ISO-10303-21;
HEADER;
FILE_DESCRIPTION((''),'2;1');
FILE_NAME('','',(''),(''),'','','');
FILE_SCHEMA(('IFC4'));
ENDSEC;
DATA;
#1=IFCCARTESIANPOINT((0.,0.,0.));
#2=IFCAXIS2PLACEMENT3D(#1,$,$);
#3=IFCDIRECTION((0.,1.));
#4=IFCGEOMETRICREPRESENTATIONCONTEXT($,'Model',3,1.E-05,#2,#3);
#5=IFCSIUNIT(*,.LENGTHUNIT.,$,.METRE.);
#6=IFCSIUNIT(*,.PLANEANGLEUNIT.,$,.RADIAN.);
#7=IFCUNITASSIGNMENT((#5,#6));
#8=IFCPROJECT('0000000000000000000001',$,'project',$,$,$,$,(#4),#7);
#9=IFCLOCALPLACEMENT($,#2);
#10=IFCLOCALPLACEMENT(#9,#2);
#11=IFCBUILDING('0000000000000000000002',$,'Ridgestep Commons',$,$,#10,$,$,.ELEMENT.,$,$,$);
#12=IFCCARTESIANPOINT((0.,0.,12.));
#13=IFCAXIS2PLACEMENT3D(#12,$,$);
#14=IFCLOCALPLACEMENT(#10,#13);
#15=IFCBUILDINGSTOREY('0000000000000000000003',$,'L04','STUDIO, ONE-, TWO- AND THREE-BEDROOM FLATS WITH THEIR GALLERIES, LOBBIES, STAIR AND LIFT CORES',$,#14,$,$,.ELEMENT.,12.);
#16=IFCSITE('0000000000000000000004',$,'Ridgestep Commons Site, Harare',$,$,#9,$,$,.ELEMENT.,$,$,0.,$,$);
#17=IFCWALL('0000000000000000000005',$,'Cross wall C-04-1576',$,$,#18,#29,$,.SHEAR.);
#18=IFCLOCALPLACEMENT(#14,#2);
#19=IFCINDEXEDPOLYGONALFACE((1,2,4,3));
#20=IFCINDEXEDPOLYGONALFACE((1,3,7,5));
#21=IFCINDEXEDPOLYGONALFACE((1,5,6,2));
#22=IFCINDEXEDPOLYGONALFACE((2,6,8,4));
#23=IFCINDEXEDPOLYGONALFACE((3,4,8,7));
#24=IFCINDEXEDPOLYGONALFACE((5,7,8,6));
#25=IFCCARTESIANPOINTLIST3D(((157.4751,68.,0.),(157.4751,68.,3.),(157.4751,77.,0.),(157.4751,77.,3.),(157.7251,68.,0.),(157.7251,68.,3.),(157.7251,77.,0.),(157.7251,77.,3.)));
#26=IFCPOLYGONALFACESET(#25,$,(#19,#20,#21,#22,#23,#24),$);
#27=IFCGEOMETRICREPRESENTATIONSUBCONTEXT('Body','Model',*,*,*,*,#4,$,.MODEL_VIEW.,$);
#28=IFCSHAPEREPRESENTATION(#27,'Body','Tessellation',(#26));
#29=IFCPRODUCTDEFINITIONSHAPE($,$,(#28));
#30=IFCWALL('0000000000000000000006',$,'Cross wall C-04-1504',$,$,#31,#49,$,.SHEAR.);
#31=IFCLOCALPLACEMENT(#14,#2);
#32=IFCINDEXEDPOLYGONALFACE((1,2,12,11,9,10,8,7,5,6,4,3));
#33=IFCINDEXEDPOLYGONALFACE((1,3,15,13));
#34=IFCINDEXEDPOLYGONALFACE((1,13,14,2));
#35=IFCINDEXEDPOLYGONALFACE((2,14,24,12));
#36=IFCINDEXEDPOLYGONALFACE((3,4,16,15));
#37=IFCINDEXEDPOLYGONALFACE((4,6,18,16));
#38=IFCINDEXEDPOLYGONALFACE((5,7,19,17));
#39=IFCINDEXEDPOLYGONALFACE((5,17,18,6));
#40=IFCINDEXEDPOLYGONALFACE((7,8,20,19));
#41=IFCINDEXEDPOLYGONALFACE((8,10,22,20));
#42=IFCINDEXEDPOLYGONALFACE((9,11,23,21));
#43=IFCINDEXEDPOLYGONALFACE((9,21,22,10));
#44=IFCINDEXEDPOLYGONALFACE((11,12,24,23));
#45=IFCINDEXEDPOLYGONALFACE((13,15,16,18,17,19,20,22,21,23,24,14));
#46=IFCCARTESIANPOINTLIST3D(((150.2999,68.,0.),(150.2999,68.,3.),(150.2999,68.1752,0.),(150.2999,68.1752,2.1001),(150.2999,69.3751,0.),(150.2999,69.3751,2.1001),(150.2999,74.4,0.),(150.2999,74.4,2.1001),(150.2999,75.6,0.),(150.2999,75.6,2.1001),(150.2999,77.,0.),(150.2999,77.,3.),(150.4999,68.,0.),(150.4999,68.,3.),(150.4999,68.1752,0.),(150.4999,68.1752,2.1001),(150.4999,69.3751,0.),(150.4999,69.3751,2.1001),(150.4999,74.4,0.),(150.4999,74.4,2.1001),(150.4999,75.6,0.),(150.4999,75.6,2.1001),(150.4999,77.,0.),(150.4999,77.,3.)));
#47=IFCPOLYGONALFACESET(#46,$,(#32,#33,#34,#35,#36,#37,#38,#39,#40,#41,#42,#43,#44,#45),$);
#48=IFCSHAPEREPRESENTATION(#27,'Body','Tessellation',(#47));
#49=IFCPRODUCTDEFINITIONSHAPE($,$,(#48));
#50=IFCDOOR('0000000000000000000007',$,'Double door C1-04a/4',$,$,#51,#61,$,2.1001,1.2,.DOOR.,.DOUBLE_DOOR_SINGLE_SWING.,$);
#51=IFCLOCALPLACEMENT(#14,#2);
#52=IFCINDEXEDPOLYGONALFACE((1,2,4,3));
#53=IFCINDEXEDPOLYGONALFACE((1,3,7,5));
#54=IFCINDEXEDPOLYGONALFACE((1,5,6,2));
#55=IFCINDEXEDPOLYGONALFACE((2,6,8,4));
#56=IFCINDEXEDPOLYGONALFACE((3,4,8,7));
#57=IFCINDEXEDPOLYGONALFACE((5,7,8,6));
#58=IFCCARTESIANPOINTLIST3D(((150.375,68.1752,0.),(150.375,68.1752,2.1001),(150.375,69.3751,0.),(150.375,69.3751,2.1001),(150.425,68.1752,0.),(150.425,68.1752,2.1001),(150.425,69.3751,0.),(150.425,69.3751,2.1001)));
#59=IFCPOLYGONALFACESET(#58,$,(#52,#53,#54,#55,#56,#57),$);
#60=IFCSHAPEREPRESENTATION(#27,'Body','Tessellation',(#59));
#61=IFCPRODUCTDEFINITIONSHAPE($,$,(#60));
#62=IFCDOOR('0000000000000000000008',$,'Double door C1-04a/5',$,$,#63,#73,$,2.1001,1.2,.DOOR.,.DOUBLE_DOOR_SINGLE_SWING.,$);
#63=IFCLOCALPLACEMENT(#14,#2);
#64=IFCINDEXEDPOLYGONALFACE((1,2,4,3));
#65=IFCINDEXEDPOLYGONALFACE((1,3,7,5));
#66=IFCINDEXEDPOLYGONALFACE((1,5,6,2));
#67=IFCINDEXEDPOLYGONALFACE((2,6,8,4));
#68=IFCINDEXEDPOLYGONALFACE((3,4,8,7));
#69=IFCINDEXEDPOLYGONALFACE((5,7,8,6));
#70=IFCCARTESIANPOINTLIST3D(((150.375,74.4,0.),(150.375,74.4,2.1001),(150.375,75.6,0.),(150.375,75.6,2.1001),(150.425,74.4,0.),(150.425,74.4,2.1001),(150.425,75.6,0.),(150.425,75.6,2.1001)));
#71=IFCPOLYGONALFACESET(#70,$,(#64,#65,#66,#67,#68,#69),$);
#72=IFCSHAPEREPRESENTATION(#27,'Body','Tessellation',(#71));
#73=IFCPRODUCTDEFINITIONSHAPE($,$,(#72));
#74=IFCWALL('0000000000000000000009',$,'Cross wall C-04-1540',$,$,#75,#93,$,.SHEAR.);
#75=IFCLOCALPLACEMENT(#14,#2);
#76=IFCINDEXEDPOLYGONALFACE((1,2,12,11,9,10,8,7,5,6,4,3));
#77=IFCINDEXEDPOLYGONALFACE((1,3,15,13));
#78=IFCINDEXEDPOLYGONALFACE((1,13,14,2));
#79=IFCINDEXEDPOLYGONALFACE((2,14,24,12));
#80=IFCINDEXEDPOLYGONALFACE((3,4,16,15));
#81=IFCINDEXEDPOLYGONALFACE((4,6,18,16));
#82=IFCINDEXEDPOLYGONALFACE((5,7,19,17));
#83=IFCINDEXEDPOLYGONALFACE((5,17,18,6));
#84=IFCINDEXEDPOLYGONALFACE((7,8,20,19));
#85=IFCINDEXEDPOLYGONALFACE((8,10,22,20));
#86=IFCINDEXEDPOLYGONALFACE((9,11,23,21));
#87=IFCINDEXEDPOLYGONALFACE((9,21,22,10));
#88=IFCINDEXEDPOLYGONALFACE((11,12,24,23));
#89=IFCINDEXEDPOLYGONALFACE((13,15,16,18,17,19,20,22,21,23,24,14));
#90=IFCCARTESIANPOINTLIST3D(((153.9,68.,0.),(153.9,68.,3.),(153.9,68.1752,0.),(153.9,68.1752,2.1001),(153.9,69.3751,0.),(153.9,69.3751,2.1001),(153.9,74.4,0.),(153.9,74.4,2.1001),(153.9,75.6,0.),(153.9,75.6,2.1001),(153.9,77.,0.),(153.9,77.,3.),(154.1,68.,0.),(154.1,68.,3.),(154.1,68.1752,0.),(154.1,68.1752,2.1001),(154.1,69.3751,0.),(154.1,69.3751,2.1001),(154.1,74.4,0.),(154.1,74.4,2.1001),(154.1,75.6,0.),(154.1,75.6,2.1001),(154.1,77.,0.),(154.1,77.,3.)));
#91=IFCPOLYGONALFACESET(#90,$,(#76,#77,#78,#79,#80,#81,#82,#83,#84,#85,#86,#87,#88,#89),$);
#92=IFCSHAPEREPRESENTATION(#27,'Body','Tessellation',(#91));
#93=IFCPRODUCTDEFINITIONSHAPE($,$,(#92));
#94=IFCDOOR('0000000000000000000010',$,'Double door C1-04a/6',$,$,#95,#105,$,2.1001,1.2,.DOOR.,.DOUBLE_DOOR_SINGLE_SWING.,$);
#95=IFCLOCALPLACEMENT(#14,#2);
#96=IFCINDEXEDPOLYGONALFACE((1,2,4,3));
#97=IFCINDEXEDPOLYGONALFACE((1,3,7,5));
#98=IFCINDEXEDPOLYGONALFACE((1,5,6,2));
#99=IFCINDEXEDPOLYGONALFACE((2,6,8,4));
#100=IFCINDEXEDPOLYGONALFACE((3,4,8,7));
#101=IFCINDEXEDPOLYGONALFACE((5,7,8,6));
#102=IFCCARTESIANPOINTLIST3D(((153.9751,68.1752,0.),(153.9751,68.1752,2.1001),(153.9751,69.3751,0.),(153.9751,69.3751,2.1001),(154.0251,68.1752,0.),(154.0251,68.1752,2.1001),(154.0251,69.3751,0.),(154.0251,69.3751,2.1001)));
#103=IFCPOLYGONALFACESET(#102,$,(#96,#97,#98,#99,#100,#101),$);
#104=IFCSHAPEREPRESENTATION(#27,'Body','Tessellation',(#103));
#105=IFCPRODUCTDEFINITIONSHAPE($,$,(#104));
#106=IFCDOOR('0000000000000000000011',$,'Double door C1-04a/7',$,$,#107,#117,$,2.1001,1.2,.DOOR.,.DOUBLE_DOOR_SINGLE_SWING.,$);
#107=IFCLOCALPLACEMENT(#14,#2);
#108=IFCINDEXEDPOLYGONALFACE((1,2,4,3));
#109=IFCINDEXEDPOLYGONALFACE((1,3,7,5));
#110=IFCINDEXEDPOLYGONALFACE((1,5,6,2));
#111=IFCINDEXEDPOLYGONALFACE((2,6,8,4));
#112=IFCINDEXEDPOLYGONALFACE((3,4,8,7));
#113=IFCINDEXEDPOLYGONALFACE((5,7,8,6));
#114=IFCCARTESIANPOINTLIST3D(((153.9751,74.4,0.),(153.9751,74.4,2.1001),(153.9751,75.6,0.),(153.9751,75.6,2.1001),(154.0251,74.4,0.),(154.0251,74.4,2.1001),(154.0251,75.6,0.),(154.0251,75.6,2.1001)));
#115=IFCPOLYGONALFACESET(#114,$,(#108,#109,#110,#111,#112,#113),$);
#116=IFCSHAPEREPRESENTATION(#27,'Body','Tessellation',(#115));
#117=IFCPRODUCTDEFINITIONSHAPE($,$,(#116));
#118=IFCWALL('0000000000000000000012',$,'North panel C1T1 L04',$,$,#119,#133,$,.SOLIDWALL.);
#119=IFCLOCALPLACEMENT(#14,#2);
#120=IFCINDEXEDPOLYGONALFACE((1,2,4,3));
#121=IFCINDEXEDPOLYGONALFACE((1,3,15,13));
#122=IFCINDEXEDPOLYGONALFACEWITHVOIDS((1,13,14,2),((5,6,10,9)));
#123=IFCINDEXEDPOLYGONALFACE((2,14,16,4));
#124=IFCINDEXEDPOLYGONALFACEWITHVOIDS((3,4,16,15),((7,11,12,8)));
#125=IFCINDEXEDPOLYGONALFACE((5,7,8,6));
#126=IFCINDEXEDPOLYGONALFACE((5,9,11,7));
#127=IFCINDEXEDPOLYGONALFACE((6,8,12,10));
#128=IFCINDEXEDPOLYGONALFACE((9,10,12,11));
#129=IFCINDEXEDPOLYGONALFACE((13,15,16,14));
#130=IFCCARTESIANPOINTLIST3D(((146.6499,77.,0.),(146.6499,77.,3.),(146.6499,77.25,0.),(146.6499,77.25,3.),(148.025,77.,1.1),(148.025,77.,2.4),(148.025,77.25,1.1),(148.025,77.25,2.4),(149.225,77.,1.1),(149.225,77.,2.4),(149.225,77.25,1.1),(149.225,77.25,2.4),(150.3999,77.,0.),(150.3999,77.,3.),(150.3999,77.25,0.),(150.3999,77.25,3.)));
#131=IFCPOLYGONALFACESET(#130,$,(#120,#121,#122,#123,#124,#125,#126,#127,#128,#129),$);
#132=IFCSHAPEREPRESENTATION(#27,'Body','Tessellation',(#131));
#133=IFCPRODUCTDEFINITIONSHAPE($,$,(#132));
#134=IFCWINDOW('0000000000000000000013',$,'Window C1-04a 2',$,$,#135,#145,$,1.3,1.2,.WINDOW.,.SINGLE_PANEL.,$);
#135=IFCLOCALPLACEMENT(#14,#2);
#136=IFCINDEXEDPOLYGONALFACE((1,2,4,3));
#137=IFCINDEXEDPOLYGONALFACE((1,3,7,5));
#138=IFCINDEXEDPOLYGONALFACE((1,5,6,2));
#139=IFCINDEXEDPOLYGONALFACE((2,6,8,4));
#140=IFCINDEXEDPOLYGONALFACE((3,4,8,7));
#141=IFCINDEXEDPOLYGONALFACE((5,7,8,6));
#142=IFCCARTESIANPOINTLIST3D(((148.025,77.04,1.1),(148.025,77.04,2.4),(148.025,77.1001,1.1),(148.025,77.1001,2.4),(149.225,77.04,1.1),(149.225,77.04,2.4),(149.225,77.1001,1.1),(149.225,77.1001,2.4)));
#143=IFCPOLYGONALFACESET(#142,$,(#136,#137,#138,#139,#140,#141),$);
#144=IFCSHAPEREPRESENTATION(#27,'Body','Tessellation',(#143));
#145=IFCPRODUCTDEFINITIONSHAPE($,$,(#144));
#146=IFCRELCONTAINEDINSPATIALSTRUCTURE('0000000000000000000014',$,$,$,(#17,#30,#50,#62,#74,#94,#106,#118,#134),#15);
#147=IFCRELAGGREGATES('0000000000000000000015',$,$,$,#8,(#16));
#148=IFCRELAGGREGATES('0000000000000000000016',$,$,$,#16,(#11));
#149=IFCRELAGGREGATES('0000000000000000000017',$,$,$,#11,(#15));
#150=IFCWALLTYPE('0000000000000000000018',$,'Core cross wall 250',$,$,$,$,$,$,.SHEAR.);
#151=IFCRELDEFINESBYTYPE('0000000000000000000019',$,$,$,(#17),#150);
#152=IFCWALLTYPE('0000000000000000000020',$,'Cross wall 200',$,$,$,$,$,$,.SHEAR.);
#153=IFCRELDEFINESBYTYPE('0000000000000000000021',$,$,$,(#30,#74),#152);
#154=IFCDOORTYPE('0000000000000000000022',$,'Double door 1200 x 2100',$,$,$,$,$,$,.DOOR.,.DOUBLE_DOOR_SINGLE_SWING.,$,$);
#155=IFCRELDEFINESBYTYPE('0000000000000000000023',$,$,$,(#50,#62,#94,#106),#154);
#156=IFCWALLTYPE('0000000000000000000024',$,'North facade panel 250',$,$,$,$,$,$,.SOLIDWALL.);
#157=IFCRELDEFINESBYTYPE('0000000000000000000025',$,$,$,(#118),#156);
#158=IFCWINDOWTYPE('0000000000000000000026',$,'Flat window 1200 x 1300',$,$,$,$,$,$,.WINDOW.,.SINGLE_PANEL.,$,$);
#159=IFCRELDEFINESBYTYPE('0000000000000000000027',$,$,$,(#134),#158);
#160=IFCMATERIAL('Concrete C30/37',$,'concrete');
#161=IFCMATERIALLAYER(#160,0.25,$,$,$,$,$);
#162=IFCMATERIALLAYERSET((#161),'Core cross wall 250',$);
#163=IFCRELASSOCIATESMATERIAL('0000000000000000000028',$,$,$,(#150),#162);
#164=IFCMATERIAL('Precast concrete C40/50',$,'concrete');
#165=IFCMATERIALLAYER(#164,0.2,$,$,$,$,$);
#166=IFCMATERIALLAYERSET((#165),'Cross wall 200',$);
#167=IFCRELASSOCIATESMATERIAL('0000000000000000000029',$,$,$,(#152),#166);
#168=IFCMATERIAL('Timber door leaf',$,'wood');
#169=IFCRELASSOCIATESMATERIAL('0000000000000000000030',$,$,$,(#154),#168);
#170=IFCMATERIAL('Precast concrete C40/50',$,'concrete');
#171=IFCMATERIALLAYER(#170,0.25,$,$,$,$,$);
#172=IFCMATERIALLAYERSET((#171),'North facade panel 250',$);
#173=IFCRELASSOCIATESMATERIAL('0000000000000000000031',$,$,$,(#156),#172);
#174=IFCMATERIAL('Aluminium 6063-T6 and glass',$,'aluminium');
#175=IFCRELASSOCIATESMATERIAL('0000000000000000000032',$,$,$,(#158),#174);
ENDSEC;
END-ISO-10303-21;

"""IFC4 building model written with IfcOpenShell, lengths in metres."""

from ifc_helpers import new_model, si_unit, direction, frame, frame_2d, origin, place, context, subcontext, project, spatial, rectangle, extrude, material, layer, layer_set, type_object, element, fill, save


model = new_model("IFC4")

# Units and contexts
model_context = context("Model", 3, precision=1e-05, world=origin(), true_north=direction((0.0, 1.0)))
body_context = subcontext(model_context, "Body", "Model", "MODEL_VIEW")
ifc_project = project(units=[si_unit("LENGTHUNIT", "METRE"), si_unit("PLANEANGLEUNIT", "RADIAN")], contexts=[model_context])

# Site, building, storey
site_placement = place(None, origin())
site = spatial("IfcSite", under=ifc_project, at=site_placement, Name="Ridgestep Commons Site, Harare", CompositionType="ELEMENT", RefElevation=0.0)
building_placement = place(site_placement, origin())
building = spatial("IfcBuilding", under=site, at=building_placement, Name="Ridgestep Commons", CompositionType="ELEMENT")
storey_placement = place(building_placement, frame((0.0, 0.0, 12.0)))
storey = spatial("IfcBuildingStorey", under=building, at=storey_placement, Name="L04", Description="STUDIO, ONE-, TWO- AND THREE-BEDROOM FLATS WITH THEIR GALLERIES, LOBBIES, STAIR AND LIFT CORES", CompositionType="ELEMENT", Elevation=12.0)

# Wall
ifc_material_1 = material(Name="Concrete C30/37", Category="concrete")
ifc_layer_1 = layer(ifc_material_1, 0.25)
ifc_layer_set_1 = layer_set([ifc_layer_1], Name="Core cross wall 250")
wall_type_1 = type_object("IfcWallType", Name="Core cross wall 250", PredefinedType="SHEAR", material=ifc_layer_set_1)
wall_1_placement = place(storey_placement, frame((157.6001, 68.0, 0.0), z_axis=(0.0, 0.0, 1.0), x_axis=(0.0, 1.0, 0.0)))
element("IfcWall", 1, at=wall_1_placement, inside=storey, type_object=wall_type_1, Name="Cross wall C-04-1576", PredefinedType="SHEAR", context=body_context, shape_type="SweptSolid", body=[
    extrude(rectangle(XDim=9.0, YDim=0.25, at=frame_2d((4.5, 0.0))), origin(), (0.0, 0.0, 1.0), 3.0),
])

# Walls, openings, doors
ifc_material_2 = material(Name="Precast concrete C40/50", Category="concrete")
ifc_layer_2 = layer(ifc_material_2, 0.2)
ifc_layer_set_2 = layer_set([ifc_layer_2], Name="Cross wall 200")
wall_type_2 = type_object("IfcWallType", Name="Cross wall 200", PredefinedType="SHEAR", material=ifc_layer_set_2)
wall_2_placement = place(storey_placement, frame((150.3999, 68.0, 0.0), z_axis=(0.0, 0.0, 1.0), x_axis=(0.0, 1.0, 0.0)))
wall_2 = element("IfcWall", 2, at=wall_2_placement, inside=storey, type_object=wall_type_2, Name="Cross wall C-04-1504", PredefinedType="SHEAR", context=body_context, shape_type="SweptSolid", body=[
    extrude(rectangle(XDim=9.0, YDim=0.2, at=frame_2d((4.5, 0.0))), origin(), (0.0, 0.0, 1.0), 3.0),
])
opening_1_placement = place(wall_2_placement, frame((0.175, 0.0, 0.0)))
opening_1 = element("IfcOpeningElement", 3, at=opening_1_placement, cuts=wall_2, PredefinedType="OPENING", context=body_context, shape_type="SweptSolid", body=[
    extrude(rectangle(XDim=1.2, YDim=2.1001, at=frame_2d((0.6001, 1.05))), frame((0.0, 0.1099, 0.0), z_axis=(0.0, -1.0, 0.0), x_axis=(1.0, 0.0, 0.0)), (0.0, 0.0, 1.0), 0.22),
])
opening_2_placement = place(wall_2_placement, frame((6.3999, 0.0, 0.0)))
opening_2 = element("IfcOpeningElement", 4, at=opening_2_placement, cuts=wall_2, PredefinedType="OPENING", context=body_context, shape_type="SweptSolid", body=[
    extrude(rectangle(XDim=1.2, YDim=2.1001, at=frame_2d((0.6001, 1.05))), frame((0.0, 0.1099, 0.0), z_axis=(0.0, -1.0, 0.0), x_axis=(1.0, 0.0, 0.0)), (0.0, 0.0, 1.0), 0.22),
])
ifc_material_3 = material(Name="Timber door leaf", Category="wood")
door_type_1 = type_object("IfcDoorType", Name="Double door 1200 x 2100", OperationType="DOUBLE_DOOR_SINGLE_SWING", PredefinedType="DOOR", material=ifc_material_3)
door_1_placement = place(opening_1_placement, origin())
door_1 = element("IfcDoor", 5, at=door_1_placement, inside=storey, type_object=door_type_1, Name="Double door C1-04a/4", OperationType="DOUBLE_DOOR_SINGLE_SWING", OverallHeight=2.1001, OverallWidth=1.2, PredefinedType="DOOR", context=body_context, shape_type="SweptSolid", body=[
    extrude(rectangle(XDim=1.2, YDim=2.1001, at=frame_2d((0.6001, 1.05))), frame((0.0, 0.0249, 0.0), z_axis=(0.0, -1.0, 0.0), x_axis=(1.0, 0.0, 0.0)), (0.0, 0.0, 1.0), 0.05),
])
fill(opening_1, door_1)
door_2_placement = place(opening_2_placement, origin())
door_2 = element("IfcDoor", 6, at=door_2_placement, inside=storey, type_object=door_type_1, Name="Double door C1-04a/5", OperationType="DOUBLE_DOOR_SINGLE_SWING", OverallHeight=2.1001, OverallWidth=1.2, PredefinedType="DOOR", context=body_context, shape_type="SweptSolid", body=[
    extrude(rectangle(XDim=1.2, YDim=2.1001, at=frame_2d((0.6001, 1.05))), frame((0.0, 0.0249, 0.0), z_axis=(0.0, -1.0, 0.0), x_axis=(1.0, 0.0, 0.0)), (0.0, 0.0, 1.0), 0.05),
])
fill(opening_2, door_2)
wall_3_placement = place(storey_placement, frame((154.0, 68.0, 0.0), z_axis=(0.0, 0.0, 1.0), x_axis=(0.0, 1.0, 0.0)))
wall_3 = element("IfcWall", 7, at=wall_3_placement, inside=storey, type_object=wall_type_2, Name="Cross wall C-04-1540", PredefinedType="SHEAR", context=body_context, shape_type="SweptSolid", body=[
    extrude(rectangle(XDim=9.0, YDim=0.2, at=frame_2d((4.5, 0.0))), origin(), (0.0, 0.0, 1.0), 3.0),
])
opening_3_placement = place(wall_3_placement, frame((0.175, 0.0, 0.0)))
opening_3 = element("IfcOpeningElement", 8, at=opening_3_placement, cuts=wall_3, PredefinedType="OPENING", context=body_context, shape_type="SweptSolid", body=[
    extrude(rectangle(XDim=1.2, YDim=2.1001, at=frame_2d((0.6001, 1.05))), frame((0.0, 0.1099, 0.0), z_axis=(0.0, -1.0, 0.0), x_axis=(1.0, 0.0, 0.0)), (0.0, 0.0, 1.0), 0.22),
])
opening_4_placement = place(wall_3_placement, frame((6.3999, 0.0, 0.0)))
opening_4 = element("IfcOpeningElement", 9, at=opening_4_placement, cuts=wall_3, PredefinedType="OPENING", context=body_context, shape_type="SweptSolid", body=[
    extrude(rectangle(XDim=1.2, YDim=2.1001, at=frame_2d((0.6001, 1.05))), frame((0.0, 0.1099, 0.0), z_axis=(0.0, -1.0, 0.0), x_axis=(1.0, 0.0, 0.0)), (0.0, 0.0, 1.0), 0.22),
])
door_3_placement = place(opening_3_placement, origin())
door_3 = element("IfcDoor", 10, at=door_3_placement, inside=storey, type_object=door_type_1, Name="Double door C1-04a/6", OperationType="DOUBLE_DOOR_SINGLE_SWING", OverallHeight=2.1001, OverallWidth=1.2, PredefinedType="DOOR", context=body_context, shape_type="SweptSolid", body=[
    extrude(rectangle(XDim=1.2, YDim=2.1001, at=frame_2d((0.6001, 1.05))), frame((0.0, 0.0249, 0.0), z_axis=(0.0, -1.0, 0.0), x_axis=(1.0, 0.0, 0.0)), (0.0, 0.0, 1.0), 0.05),
])
fill(opening_3, door_3)
door_4_placement = place(opening_4_placement, origin())
door_4 = element("IfcDoor", 11, at=door_4_placement, inside=storey, type_object=door_type_1, Name="Double door C1-04a/7", OperationType="DOUBLE_DOOR_SINGLE_SWING", OverallHeight=2.1001, OverallWidth=1.2, PredefinedType="DOOR", context=body_context, shape_type="SweptSolid", body=[
    extrude(rectangle(XDim=1.2, YDim=2.1001, at=frame_2d((0.6001, 1.05))), frame((0.0, 0.0249, 0.0), z_axis=(0.0, -1.0, 0.0), x_axis=(1.0, 0.0, 0.0)), (0.0, 0.0, 1.0), 0.05),
])
fill(opening_4, door_4)

# Wall, opening, window
ifc_material_4 = material(Name="Precast concrete C40/50", Category="concrete")
ifc_layer_3 = layer(ifc_material_4, 0.25)
ifc_layer_set_3 = layer_set([ifc_layer_3], Name="North facade panel 250")
wall_type_3 = type_object("IfcWallType", Name="North facade panel 250", PredefinedType="SOLIDWALL", material=ifc_layer_set_3)
wall_4_placement = place(storey_placement, frame((146.6499, 77.125, 0.0), z_axis=(0.0, 0.0, 1.0), x_axis=(1.0, 0.0, 0.0)))
wall_4 = element("IfcWall", 12, at=wall_4_placement, inside=storey, type_object=wall_type_3, Name="North panel C1T1 L04", PredefinedType="SOLIDWALL", context=body_context, shape_type="SweptSolid", body=[
    extrude(rectangle(XDim=3.75, YDim=0.25, at=frame_2d((1.875, 0.0))), origin(), (0.0, 0.0, 1.0), 3.0),
])
opening_5_placement = place(wall_4_placement, frame((1.375, 0.0, 1.1001)))
opening_5 = element("IfcOpeningElement", 13, at=opening_5_placement, cuts=wall_4, PredefinedType="OPENING", context=body_context, shape_type="SweptSolid", body=[
    extrude(rectangle(XDim=1.2, YDim=1.3, at=frame_2d((0.6001, 0.6499))), frame((0.0, 0.135, 0.0), z_axis=(0.0, -1.0, 0.0), x_axis=(1.0, 0.0, 0.0)), (0.0, 0.0, 1.0), 0.27),
])
ifc_material_5 = material(Name="Aluminium 6063-T6 and glass", Category="aluminium")
window_type_1 = type_object("IfcWindowType", Name="Flat window 1200 x 1300", PartitioningType="SINGLE_PANEL", PredefinedType="WINDOW", material=ifc_material_5)
window_1_placement = place(opening_5_placement, origin())
window_1 = element("IfcWindow", 14, at=window_1_placement, inside=storey, type_object=window_type_1, Name="Window C1-04a 2", OverallHeight=1.3, OverallWidth=1.2, PartitioningType="SINGLE_PANEL", PredefinedType="WINDOW", context=body_context, shape_type="SweptSolid", body=[
    extrude(rectangle(XDim=1.2, YDim=1.3, at=frame_2d((0.6001, 0.6499))), frame((0.0, -0.0249, 0.0), z_axis=(0.0, -1.0, 0.0), x_axis=(1.0, 0.0, 0.0)), (0.0, 0.0, 1.0), 0.0601),
])
fill(opening_5, window_1)

save(model, "model.ifc")
